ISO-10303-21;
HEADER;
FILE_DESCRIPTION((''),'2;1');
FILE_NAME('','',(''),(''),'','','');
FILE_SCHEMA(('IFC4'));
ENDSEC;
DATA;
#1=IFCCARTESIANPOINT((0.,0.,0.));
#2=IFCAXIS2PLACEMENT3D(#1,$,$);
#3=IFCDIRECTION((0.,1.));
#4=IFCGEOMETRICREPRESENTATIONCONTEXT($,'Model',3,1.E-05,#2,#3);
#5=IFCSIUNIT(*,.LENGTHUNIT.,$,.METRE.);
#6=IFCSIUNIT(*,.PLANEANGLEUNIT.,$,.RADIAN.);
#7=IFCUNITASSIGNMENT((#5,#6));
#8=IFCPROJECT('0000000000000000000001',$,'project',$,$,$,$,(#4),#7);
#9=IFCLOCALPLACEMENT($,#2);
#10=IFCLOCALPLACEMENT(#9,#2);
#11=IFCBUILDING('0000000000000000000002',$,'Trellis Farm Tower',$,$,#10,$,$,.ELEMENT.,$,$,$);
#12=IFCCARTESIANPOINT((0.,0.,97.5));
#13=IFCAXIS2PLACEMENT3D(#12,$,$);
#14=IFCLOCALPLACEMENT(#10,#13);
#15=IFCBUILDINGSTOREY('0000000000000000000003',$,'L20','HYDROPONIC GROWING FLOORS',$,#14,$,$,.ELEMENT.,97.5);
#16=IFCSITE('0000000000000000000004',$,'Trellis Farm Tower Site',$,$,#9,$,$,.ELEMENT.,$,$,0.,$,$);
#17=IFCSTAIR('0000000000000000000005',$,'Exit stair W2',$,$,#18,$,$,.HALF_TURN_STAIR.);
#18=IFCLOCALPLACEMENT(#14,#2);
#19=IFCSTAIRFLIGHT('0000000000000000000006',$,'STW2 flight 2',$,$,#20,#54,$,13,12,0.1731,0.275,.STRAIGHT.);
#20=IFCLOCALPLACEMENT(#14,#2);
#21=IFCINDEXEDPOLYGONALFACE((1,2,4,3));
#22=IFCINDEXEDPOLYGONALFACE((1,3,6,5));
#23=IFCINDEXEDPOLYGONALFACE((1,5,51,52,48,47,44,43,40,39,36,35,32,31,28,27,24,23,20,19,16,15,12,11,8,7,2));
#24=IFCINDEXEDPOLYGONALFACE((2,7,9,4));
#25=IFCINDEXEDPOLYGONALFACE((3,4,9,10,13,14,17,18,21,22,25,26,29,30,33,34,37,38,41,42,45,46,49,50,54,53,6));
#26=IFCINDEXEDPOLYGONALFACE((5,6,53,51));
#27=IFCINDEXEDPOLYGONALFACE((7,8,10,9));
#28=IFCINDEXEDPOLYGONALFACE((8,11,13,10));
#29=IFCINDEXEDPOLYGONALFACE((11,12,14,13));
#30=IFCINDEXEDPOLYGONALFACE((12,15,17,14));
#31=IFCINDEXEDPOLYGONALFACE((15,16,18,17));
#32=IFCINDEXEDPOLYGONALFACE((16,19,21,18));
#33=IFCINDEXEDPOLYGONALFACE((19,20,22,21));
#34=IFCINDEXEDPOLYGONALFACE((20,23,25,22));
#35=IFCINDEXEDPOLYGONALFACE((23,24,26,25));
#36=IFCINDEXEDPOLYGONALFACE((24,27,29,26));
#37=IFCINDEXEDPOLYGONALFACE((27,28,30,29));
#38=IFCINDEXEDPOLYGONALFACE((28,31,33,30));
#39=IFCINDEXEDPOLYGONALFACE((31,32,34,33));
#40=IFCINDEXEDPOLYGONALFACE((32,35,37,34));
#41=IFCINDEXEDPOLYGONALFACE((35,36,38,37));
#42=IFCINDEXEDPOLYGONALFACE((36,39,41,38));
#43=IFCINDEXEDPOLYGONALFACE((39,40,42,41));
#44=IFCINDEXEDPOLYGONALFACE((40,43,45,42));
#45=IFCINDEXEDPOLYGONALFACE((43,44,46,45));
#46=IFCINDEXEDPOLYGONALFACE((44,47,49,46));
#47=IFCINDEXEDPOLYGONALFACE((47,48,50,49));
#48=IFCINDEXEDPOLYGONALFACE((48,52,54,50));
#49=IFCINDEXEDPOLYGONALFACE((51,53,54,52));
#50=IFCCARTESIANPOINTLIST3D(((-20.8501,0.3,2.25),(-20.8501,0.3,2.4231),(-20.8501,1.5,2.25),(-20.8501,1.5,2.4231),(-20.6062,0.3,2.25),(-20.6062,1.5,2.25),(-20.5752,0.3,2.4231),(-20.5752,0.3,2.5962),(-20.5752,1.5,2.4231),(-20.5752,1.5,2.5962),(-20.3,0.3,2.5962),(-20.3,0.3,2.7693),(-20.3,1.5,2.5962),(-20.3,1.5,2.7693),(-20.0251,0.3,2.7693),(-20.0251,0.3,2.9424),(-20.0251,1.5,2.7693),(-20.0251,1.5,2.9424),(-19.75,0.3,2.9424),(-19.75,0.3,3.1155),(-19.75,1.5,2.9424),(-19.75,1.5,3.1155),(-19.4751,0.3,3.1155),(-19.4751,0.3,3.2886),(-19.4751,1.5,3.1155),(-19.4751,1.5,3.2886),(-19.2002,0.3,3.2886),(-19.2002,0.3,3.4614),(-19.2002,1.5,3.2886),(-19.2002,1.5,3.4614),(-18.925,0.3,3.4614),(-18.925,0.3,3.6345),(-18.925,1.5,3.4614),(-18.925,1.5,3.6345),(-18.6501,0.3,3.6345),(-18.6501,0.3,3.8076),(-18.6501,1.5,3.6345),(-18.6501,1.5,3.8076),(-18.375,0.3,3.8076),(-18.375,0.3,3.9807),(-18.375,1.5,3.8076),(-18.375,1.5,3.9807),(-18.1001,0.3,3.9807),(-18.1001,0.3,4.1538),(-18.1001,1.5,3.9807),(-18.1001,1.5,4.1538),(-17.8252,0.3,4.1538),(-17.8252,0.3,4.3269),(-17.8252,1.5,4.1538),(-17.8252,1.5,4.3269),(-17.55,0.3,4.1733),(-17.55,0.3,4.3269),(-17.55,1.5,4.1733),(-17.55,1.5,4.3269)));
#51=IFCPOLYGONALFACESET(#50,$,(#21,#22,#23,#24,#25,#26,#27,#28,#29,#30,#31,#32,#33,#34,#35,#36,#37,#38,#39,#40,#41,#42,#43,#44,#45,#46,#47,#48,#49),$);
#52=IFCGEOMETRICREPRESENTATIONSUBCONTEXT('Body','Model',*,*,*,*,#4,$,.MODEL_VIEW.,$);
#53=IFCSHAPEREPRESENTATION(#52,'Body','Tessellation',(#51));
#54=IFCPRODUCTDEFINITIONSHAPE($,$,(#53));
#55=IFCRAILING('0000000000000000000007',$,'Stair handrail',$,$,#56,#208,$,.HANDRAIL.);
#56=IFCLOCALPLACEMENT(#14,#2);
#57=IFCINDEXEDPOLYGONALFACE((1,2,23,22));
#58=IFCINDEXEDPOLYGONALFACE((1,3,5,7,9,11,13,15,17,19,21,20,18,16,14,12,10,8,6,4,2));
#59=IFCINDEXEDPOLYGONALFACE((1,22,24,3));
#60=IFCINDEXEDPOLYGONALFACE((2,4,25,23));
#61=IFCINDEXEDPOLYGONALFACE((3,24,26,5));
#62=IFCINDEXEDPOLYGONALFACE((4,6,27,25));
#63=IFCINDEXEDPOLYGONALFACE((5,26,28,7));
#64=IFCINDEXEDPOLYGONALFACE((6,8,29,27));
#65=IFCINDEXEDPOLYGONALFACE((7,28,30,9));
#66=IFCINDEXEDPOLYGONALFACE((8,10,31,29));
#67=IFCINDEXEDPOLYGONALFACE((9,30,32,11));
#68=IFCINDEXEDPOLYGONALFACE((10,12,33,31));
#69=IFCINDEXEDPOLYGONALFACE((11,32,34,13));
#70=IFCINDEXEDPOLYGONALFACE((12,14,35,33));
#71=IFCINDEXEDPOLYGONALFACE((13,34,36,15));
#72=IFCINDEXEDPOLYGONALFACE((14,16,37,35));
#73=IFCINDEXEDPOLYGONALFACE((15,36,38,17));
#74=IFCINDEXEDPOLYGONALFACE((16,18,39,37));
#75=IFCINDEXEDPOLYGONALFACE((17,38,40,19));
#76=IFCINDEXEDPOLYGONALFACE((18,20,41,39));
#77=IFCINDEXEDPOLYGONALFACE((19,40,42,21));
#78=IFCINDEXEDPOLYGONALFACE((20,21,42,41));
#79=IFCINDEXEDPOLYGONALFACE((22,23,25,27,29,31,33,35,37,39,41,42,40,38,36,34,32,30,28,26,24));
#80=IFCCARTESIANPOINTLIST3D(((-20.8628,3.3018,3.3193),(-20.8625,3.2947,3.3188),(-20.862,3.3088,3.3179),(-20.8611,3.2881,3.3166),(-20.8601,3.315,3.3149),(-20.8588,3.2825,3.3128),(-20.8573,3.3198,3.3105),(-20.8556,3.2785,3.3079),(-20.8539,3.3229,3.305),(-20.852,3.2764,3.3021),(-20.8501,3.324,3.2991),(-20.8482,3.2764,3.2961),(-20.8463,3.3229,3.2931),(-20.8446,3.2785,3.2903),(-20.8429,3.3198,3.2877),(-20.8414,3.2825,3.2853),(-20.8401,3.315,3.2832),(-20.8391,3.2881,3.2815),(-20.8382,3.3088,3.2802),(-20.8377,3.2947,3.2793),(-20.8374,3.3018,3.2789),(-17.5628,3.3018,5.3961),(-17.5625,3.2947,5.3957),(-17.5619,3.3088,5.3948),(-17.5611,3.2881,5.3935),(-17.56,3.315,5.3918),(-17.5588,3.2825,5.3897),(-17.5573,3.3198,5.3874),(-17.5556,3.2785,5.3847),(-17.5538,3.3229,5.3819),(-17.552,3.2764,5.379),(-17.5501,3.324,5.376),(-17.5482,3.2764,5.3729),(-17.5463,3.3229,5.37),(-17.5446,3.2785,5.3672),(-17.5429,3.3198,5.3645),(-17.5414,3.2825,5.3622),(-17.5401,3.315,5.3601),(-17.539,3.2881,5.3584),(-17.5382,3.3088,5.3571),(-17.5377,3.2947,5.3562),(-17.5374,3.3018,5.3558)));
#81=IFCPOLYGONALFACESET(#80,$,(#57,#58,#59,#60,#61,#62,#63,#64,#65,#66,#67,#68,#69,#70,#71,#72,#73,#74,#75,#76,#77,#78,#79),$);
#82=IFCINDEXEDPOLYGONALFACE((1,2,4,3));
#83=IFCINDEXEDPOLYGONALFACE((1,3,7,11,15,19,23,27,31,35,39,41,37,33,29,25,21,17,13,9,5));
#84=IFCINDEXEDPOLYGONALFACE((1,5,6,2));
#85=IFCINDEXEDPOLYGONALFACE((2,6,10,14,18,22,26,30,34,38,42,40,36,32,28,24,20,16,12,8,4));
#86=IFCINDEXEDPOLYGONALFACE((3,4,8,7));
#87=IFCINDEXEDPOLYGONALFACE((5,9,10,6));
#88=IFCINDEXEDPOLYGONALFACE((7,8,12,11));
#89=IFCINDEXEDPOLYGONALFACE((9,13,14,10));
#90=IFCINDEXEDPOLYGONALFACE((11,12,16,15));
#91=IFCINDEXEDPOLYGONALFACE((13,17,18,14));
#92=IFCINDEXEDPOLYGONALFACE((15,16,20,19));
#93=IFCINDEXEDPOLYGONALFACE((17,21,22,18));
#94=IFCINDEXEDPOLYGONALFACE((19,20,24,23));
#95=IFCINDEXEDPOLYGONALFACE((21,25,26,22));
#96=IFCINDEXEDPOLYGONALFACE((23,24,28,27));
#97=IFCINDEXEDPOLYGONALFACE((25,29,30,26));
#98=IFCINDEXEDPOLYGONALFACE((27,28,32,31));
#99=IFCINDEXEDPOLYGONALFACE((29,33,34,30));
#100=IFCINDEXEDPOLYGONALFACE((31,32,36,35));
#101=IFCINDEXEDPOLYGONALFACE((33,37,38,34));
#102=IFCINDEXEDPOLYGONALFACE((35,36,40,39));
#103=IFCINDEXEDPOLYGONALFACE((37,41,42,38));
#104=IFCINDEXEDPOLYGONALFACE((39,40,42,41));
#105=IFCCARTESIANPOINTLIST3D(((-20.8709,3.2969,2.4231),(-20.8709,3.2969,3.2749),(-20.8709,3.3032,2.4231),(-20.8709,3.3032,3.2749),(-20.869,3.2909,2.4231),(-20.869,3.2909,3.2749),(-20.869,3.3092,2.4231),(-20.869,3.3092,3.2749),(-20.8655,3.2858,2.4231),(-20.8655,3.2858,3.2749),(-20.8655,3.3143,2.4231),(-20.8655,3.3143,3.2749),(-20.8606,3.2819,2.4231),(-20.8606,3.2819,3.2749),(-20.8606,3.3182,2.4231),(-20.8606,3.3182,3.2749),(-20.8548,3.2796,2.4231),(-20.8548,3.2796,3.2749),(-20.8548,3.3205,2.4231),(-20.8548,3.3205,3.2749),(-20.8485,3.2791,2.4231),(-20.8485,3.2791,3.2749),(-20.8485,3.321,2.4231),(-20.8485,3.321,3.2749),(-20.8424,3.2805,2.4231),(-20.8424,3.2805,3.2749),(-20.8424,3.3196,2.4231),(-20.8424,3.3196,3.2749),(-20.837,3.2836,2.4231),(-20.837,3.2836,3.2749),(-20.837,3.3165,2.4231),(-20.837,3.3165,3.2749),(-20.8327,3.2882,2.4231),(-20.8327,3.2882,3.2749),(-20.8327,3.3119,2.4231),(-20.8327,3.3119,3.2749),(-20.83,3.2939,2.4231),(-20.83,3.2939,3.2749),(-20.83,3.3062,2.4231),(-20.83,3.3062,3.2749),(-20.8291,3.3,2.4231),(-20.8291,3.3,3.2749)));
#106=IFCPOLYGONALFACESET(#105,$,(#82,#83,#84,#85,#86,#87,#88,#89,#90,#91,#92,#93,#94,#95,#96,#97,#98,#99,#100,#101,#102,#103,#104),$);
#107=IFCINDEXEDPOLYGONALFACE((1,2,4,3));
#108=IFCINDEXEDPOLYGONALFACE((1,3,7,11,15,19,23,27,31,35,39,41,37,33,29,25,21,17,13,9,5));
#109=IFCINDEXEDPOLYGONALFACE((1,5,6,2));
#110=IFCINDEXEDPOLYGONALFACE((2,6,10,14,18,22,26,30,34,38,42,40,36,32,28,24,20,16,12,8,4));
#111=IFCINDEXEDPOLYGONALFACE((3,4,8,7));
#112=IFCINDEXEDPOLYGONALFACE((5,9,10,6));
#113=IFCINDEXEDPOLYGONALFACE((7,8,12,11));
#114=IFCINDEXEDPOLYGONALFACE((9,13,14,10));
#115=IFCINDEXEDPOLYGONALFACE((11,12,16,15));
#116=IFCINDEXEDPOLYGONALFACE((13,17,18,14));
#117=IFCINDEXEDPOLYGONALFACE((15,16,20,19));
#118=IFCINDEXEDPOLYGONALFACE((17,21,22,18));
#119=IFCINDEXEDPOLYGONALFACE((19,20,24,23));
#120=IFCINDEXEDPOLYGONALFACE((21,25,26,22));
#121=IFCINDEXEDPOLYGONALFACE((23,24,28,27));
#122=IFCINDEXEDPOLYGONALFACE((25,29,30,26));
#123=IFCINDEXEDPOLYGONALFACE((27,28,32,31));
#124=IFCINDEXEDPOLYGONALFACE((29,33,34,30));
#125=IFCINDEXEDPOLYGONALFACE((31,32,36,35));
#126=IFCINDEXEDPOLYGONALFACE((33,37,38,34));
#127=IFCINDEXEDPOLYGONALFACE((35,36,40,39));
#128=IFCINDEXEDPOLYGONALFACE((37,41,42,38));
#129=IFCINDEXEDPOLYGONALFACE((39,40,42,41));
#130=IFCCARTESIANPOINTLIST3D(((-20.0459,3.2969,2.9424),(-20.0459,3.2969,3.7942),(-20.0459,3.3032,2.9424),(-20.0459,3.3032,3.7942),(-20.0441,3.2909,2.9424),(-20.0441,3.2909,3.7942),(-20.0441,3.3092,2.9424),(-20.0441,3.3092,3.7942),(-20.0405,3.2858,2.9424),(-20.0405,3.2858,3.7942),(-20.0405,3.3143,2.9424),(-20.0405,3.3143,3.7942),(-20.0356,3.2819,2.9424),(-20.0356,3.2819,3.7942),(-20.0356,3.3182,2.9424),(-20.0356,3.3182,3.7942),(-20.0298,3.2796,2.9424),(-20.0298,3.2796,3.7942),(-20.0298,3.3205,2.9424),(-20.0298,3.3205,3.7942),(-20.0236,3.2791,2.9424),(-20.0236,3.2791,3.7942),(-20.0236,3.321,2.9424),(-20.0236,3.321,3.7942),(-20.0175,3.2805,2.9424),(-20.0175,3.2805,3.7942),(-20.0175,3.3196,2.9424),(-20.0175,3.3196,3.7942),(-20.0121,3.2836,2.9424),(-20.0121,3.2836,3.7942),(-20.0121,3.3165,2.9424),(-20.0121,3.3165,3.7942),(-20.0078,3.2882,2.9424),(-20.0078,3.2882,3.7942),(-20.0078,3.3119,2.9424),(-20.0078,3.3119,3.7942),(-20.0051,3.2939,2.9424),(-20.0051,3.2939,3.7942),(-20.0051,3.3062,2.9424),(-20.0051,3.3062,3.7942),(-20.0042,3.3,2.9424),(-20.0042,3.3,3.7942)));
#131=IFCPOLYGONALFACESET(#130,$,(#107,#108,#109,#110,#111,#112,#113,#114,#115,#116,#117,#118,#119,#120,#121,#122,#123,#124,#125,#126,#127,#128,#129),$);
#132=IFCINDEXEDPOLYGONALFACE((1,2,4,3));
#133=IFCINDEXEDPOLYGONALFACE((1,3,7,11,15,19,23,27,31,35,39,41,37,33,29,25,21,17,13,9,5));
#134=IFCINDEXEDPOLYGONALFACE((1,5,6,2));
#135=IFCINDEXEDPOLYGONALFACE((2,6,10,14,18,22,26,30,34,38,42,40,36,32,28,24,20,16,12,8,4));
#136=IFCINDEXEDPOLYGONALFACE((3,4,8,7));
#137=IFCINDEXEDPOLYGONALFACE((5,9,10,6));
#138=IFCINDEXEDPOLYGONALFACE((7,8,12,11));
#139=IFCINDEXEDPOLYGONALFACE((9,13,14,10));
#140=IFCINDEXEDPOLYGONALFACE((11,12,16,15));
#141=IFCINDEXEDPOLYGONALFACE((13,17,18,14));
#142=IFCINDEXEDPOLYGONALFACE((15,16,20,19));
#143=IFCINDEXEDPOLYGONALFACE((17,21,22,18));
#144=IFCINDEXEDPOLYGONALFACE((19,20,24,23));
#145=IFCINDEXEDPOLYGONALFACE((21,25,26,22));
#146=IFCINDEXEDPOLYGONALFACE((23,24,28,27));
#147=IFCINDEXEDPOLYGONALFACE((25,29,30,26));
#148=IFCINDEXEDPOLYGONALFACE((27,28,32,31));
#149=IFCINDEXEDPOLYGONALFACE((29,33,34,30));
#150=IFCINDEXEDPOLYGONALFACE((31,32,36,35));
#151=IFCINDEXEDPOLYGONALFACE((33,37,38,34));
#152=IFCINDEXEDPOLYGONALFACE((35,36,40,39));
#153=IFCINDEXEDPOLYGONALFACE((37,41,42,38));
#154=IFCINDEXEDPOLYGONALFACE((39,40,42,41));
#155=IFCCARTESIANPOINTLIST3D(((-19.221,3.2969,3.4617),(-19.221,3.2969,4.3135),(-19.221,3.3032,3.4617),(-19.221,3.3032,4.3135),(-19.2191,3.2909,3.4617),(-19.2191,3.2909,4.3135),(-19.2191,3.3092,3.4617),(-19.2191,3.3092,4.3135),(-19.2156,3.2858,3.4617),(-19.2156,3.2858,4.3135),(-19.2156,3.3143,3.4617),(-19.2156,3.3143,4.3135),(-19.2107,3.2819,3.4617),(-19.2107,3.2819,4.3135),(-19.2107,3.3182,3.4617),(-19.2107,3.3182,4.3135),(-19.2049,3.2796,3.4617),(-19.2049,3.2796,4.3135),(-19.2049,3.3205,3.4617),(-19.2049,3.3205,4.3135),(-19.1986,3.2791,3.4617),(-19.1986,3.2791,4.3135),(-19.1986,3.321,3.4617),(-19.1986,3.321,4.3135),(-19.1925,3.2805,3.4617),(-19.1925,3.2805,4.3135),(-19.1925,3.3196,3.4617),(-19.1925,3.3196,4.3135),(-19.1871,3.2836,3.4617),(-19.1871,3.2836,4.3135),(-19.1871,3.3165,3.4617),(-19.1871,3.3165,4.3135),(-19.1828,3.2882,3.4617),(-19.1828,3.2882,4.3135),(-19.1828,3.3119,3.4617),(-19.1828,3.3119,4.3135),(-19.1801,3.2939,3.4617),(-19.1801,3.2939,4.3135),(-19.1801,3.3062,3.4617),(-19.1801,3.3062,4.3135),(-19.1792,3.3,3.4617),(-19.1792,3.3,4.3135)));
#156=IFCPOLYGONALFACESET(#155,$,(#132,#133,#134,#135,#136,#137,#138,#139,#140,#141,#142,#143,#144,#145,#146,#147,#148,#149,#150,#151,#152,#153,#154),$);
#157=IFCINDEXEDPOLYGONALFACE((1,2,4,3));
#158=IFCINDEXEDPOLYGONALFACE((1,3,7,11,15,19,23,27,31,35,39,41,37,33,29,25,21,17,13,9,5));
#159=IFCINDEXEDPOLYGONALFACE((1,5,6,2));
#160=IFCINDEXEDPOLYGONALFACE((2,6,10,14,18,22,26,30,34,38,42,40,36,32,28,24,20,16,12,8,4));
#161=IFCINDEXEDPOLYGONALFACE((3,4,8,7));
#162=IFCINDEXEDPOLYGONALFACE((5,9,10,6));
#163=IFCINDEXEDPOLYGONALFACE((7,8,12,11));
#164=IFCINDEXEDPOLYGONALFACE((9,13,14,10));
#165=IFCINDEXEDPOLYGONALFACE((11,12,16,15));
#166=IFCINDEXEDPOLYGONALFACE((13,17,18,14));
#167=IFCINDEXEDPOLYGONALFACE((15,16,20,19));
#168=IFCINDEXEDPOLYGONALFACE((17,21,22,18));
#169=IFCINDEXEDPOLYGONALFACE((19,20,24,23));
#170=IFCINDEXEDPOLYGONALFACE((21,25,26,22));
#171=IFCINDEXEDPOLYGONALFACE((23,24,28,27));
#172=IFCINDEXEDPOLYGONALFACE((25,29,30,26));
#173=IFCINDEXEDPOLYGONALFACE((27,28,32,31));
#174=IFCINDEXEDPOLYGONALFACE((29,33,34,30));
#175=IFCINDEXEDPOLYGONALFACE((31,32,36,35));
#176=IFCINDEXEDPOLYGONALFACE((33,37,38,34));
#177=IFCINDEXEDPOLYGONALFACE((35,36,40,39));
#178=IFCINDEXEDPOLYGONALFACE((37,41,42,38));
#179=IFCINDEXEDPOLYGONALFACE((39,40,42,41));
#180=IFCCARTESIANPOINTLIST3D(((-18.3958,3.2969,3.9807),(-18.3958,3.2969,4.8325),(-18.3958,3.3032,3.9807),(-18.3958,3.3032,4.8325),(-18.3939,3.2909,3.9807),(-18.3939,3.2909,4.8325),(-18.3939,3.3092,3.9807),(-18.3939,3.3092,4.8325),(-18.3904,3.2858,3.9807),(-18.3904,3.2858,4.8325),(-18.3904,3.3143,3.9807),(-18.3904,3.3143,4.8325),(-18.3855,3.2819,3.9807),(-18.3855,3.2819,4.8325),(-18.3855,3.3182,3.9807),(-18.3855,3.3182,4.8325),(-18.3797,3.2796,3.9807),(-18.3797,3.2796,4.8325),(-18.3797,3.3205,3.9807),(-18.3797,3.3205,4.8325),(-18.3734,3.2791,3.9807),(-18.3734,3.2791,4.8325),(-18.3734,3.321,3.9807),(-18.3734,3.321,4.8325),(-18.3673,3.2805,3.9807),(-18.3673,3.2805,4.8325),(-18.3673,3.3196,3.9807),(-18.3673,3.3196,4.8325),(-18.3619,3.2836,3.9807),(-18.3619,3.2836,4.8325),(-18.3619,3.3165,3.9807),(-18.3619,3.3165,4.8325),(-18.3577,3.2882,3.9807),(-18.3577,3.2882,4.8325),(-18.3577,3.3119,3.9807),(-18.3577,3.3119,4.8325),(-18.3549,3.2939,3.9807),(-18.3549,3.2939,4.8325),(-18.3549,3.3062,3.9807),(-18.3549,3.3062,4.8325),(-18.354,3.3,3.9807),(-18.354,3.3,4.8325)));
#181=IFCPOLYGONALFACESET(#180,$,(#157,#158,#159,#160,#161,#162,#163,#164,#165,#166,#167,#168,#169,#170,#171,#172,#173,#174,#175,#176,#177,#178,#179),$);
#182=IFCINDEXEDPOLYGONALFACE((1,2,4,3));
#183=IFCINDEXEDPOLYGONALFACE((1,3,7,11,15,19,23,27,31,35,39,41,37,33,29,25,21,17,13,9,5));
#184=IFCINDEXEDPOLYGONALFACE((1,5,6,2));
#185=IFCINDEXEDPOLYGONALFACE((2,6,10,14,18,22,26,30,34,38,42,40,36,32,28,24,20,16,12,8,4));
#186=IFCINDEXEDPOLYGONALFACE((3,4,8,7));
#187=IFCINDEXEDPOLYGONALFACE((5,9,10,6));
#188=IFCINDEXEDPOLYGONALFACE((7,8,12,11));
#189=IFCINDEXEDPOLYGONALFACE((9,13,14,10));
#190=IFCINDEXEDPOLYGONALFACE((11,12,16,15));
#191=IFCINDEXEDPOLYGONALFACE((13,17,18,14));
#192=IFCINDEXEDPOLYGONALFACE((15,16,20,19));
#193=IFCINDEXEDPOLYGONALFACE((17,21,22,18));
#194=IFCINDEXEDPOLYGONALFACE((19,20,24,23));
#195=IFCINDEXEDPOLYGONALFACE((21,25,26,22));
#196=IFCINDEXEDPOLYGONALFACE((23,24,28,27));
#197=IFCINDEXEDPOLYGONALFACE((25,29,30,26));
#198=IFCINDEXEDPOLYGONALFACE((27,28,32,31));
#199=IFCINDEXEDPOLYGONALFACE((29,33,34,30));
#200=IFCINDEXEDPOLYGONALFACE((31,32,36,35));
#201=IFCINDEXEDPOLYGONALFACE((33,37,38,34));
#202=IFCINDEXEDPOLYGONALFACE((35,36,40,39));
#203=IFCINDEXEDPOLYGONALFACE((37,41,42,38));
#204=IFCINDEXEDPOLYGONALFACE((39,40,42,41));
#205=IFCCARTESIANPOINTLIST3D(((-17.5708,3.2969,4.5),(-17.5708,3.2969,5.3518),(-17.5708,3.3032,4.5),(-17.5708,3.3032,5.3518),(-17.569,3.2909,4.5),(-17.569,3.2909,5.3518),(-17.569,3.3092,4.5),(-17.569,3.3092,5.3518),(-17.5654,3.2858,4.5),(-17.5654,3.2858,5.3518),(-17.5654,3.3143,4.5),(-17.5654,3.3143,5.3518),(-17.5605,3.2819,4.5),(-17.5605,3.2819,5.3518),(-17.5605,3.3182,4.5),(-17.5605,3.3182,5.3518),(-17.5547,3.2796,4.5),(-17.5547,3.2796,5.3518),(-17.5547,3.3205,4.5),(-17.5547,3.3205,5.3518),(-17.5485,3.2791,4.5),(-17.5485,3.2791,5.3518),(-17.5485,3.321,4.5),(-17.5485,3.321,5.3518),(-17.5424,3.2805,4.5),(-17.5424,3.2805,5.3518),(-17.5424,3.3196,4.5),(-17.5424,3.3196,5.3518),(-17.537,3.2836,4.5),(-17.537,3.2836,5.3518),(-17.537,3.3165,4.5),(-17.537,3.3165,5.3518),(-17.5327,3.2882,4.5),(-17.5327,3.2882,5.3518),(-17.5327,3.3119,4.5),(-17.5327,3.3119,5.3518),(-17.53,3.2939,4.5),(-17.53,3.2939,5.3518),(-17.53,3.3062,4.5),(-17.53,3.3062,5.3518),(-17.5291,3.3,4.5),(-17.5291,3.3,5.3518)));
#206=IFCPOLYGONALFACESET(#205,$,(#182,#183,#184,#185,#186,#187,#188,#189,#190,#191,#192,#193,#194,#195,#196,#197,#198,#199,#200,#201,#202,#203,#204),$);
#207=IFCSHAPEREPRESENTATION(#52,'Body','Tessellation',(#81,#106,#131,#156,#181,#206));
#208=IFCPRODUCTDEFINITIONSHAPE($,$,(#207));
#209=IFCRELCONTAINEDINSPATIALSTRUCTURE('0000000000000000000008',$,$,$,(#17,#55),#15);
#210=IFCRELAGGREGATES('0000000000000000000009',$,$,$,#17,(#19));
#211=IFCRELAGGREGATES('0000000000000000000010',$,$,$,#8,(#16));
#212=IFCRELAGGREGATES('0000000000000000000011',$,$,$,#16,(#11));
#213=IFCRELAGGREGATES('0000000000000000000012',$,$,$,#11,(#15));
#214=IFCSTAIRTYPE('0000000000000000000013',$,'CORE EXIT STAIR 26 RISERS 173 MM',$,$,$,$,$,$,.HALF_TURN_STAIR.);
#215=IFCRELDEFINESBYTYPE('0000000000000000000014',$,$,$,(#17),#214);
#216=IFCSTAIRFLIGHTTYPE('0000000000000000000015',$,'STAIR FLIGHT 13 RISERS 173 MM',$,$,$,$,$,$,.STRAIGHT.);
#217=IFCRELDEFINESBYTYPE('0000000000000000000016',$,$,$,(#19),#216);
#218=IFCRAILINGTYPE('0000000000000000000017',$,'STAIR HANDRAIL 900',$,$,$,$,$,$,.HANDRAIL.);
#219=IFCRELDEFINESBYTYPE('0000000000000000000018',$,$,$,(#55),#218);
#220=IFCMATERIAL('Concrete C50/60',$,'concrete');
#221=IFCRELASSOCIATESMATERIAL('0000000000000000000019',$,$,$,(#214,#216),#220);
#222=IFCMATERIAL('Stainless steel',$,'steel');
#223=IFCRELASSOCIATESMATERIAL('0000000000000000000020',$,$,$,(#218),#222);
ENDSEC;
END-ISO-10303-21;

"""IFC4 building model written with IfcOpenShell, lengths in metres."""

from ifc_helpers import new_model, si_unit, direction, frame, origin, origin_2d, place, context, subcontext, project, spatial, polyline, circle, outline, extrude, source, transform, mapped, material, type_object, element, aggregate, save


model = new_model("IFC4")

# Units and contexts
model_context = context("Model", 3, precision=1e-05, world=origin(), true_north=direction((0.0, 1.0)))
body_context = subcontext(model_context, "Body", "Model", "MODEL_VIEW")
ifc_project = project(units=[si_unit("LENGTHUNIT", "METRE"), si_unit("PLANEANGLEUNIT", "RADIAN")], contexts=[model_context])

# Site, building, storey
site_placement = place(None, origin())
site = spatial("IfcSite", under=ifc_project, at=site_placement, Name="Trellis Farm Tower Site", CompositionType="ELEMENT", RefElevation=0.0)
building_placement = place(site_placement, origin())
building = spatial("IfcBuilding", under=site, at=building_placement, Name="Trellis Farm Tower", CompositionType="ELEMENT")
storey_placement = place(building_placement, frame((0.0, 0.0, 97.5)))
storey = spatial("IfcBuildingStorey", under=building, at=storey_placement, Name="L20", Description="HYDROPONIC GROWING FLOORS", CompositionType="ELEMENT", Elevation=97.5)

# Shared definitions
placement = place(storey_placement, origin())

# Stair, stair flight
ifc_material_1 = material(Name="Concrete C50/60", Category="concrete")
stair_type = type_object("IfcStairType", Name="CORE EXIT STAIR 26 RISERS 173 MM", PredefinedType="HALF_TURN_STAIR", material=ifc_material_1)
stair_flight_type = type_object("IfcStairFlightType", Name="STAIR FLIGHT 13 RISERS 173 MM", PredefinedType="STRAIGHT", material=ifc_material_1)
shared_shape_1 = source(origin(), body_context, "Body", "SweptSolid", [
    extrude(outline(polyline([(0.0, 0.0), (0.0, 0.1731), (0.2749, 0.1731), (0.2749, 0.3462), (0.55, 0.3462), (0.55, 0.5193), (0.825, 0.5193), (0.825, 0.6924), (1.1001, 0.6924), (1.1001, 0.8655), (1.375, 0.8655), (1.375, 1.0386), (1.6499, 1.0386), (1.6499, 1.2114), (1.925, 1.2114), (1.925, 1.3845), (2.2, 1.3845), (2.2, 1.5576), (2.4751, 1.5576), (2.4751, 1.7307), (2.75, 1.7307), (2.75, 1.9038), (3.0249, 1.9038), (3.0249, 2.0769), (3.3, 2.0769), (3.3, 2.25), (3.3, 1.9233), (0.2439, 0.0), (0.0, 0.0)])), frame((0.0, 0.6001, 0.0), z_axis=(0.0, -1.0, 0.0), x_axis=(1.0, 0.0, 0.0)), (0.0, 0.0, 1.0), 1.2),
])
stair_1 = element("IfcStair", 1, at=placement, inside=storey, type_object=stair_type, Name="Exit stair W2", PredefinedType="HALF_TURN_STAIR")
stair_flight_1_placement = place(storey_placement, frame((-20.8501, 0.8999, 2.25), z_axis=(0.0, 0.0, 1.0), x_axis=(1.0, 0.0, 0.0)))
stair_flight_1 = element("IfcStairFlight", 2, at=stair_flight_1_placement, type_object=stair_flight_type, Name="STW2 flight 2", NumberOfRisers=13, NumberOfTreads=12, PredefinedType="STRAIGHT", RiserHeight=0.1731, TreadLength=0.275, context=body_context, shape_type="MappedRepresentation", body=[
    mapped(shared_shape_1, transform((0.0, 0.0, 0.0))),
])
aggregate(stair_1, [stair_flight_1])

# Railing
ifc_material_2 = material(Name="Stainless steel", Category="steel")
railing_type = type_object("IfcRailingType", Name="STAIR HANDRAIL 900", PredefinedType="HANDRAIL", material=ifc_material_2)
shared_shape_2 = source(origin(), body_context, "Body", "SweptSolid", [
    extrude(circle(Radius=0.0239, at=origin_2d()), frame((0.0, 0.0, 0.876), z_axis=(0.846337, 0.0, 0.532647), x_axis=(0.0, 1.0, 0.0)), (0.0, 0.0, 1.0), 3.8992),
    extrude(circle(Radius=0.021, at=origin_2d()), origin(), (0.0, 0.0, 1.0), 0.8518),
    extrude(circle(Radius=0.021, at=origin_2d()), frame((0.825, 0.0, 0.5193)), (0.0, 0.0, 1.0), 0.8518),
    extrude(circle(Radius=0.021, at=origin_2d()), frame((1.6499, 0.0, 1.0386)), (0.0, 0.0, 1.0), 0.8518),
    extrude(circle(Radius=0.021, at=origin_2d()), frame((2.4751, 0.0, 1.5576)), (0.0, 0.0, 1.0), 0.8518),
    extrude(circle(Radius=0.021, at=origin_2d()), frame((3.3, 0.0, 2.0769)), (0.0, 0.0, 1.0), 0.8518),
])
for number, where, name in (
    (3, (-20.8501, 3.3, 2.4231), "Stair handrail"),
):
    element("IfcRailing", number, at=place(storey_placement, frame(where)), inside=storey, type_object=railing_type, Name=name, PredefinedType="HANDRAIL", context=body_context, shape_type="MappedRepresentation", body=[
        mapped(shared_shape_2, transform((0.0, 0.0, 0.0))),
    ])

save(model, "model.ifc")
